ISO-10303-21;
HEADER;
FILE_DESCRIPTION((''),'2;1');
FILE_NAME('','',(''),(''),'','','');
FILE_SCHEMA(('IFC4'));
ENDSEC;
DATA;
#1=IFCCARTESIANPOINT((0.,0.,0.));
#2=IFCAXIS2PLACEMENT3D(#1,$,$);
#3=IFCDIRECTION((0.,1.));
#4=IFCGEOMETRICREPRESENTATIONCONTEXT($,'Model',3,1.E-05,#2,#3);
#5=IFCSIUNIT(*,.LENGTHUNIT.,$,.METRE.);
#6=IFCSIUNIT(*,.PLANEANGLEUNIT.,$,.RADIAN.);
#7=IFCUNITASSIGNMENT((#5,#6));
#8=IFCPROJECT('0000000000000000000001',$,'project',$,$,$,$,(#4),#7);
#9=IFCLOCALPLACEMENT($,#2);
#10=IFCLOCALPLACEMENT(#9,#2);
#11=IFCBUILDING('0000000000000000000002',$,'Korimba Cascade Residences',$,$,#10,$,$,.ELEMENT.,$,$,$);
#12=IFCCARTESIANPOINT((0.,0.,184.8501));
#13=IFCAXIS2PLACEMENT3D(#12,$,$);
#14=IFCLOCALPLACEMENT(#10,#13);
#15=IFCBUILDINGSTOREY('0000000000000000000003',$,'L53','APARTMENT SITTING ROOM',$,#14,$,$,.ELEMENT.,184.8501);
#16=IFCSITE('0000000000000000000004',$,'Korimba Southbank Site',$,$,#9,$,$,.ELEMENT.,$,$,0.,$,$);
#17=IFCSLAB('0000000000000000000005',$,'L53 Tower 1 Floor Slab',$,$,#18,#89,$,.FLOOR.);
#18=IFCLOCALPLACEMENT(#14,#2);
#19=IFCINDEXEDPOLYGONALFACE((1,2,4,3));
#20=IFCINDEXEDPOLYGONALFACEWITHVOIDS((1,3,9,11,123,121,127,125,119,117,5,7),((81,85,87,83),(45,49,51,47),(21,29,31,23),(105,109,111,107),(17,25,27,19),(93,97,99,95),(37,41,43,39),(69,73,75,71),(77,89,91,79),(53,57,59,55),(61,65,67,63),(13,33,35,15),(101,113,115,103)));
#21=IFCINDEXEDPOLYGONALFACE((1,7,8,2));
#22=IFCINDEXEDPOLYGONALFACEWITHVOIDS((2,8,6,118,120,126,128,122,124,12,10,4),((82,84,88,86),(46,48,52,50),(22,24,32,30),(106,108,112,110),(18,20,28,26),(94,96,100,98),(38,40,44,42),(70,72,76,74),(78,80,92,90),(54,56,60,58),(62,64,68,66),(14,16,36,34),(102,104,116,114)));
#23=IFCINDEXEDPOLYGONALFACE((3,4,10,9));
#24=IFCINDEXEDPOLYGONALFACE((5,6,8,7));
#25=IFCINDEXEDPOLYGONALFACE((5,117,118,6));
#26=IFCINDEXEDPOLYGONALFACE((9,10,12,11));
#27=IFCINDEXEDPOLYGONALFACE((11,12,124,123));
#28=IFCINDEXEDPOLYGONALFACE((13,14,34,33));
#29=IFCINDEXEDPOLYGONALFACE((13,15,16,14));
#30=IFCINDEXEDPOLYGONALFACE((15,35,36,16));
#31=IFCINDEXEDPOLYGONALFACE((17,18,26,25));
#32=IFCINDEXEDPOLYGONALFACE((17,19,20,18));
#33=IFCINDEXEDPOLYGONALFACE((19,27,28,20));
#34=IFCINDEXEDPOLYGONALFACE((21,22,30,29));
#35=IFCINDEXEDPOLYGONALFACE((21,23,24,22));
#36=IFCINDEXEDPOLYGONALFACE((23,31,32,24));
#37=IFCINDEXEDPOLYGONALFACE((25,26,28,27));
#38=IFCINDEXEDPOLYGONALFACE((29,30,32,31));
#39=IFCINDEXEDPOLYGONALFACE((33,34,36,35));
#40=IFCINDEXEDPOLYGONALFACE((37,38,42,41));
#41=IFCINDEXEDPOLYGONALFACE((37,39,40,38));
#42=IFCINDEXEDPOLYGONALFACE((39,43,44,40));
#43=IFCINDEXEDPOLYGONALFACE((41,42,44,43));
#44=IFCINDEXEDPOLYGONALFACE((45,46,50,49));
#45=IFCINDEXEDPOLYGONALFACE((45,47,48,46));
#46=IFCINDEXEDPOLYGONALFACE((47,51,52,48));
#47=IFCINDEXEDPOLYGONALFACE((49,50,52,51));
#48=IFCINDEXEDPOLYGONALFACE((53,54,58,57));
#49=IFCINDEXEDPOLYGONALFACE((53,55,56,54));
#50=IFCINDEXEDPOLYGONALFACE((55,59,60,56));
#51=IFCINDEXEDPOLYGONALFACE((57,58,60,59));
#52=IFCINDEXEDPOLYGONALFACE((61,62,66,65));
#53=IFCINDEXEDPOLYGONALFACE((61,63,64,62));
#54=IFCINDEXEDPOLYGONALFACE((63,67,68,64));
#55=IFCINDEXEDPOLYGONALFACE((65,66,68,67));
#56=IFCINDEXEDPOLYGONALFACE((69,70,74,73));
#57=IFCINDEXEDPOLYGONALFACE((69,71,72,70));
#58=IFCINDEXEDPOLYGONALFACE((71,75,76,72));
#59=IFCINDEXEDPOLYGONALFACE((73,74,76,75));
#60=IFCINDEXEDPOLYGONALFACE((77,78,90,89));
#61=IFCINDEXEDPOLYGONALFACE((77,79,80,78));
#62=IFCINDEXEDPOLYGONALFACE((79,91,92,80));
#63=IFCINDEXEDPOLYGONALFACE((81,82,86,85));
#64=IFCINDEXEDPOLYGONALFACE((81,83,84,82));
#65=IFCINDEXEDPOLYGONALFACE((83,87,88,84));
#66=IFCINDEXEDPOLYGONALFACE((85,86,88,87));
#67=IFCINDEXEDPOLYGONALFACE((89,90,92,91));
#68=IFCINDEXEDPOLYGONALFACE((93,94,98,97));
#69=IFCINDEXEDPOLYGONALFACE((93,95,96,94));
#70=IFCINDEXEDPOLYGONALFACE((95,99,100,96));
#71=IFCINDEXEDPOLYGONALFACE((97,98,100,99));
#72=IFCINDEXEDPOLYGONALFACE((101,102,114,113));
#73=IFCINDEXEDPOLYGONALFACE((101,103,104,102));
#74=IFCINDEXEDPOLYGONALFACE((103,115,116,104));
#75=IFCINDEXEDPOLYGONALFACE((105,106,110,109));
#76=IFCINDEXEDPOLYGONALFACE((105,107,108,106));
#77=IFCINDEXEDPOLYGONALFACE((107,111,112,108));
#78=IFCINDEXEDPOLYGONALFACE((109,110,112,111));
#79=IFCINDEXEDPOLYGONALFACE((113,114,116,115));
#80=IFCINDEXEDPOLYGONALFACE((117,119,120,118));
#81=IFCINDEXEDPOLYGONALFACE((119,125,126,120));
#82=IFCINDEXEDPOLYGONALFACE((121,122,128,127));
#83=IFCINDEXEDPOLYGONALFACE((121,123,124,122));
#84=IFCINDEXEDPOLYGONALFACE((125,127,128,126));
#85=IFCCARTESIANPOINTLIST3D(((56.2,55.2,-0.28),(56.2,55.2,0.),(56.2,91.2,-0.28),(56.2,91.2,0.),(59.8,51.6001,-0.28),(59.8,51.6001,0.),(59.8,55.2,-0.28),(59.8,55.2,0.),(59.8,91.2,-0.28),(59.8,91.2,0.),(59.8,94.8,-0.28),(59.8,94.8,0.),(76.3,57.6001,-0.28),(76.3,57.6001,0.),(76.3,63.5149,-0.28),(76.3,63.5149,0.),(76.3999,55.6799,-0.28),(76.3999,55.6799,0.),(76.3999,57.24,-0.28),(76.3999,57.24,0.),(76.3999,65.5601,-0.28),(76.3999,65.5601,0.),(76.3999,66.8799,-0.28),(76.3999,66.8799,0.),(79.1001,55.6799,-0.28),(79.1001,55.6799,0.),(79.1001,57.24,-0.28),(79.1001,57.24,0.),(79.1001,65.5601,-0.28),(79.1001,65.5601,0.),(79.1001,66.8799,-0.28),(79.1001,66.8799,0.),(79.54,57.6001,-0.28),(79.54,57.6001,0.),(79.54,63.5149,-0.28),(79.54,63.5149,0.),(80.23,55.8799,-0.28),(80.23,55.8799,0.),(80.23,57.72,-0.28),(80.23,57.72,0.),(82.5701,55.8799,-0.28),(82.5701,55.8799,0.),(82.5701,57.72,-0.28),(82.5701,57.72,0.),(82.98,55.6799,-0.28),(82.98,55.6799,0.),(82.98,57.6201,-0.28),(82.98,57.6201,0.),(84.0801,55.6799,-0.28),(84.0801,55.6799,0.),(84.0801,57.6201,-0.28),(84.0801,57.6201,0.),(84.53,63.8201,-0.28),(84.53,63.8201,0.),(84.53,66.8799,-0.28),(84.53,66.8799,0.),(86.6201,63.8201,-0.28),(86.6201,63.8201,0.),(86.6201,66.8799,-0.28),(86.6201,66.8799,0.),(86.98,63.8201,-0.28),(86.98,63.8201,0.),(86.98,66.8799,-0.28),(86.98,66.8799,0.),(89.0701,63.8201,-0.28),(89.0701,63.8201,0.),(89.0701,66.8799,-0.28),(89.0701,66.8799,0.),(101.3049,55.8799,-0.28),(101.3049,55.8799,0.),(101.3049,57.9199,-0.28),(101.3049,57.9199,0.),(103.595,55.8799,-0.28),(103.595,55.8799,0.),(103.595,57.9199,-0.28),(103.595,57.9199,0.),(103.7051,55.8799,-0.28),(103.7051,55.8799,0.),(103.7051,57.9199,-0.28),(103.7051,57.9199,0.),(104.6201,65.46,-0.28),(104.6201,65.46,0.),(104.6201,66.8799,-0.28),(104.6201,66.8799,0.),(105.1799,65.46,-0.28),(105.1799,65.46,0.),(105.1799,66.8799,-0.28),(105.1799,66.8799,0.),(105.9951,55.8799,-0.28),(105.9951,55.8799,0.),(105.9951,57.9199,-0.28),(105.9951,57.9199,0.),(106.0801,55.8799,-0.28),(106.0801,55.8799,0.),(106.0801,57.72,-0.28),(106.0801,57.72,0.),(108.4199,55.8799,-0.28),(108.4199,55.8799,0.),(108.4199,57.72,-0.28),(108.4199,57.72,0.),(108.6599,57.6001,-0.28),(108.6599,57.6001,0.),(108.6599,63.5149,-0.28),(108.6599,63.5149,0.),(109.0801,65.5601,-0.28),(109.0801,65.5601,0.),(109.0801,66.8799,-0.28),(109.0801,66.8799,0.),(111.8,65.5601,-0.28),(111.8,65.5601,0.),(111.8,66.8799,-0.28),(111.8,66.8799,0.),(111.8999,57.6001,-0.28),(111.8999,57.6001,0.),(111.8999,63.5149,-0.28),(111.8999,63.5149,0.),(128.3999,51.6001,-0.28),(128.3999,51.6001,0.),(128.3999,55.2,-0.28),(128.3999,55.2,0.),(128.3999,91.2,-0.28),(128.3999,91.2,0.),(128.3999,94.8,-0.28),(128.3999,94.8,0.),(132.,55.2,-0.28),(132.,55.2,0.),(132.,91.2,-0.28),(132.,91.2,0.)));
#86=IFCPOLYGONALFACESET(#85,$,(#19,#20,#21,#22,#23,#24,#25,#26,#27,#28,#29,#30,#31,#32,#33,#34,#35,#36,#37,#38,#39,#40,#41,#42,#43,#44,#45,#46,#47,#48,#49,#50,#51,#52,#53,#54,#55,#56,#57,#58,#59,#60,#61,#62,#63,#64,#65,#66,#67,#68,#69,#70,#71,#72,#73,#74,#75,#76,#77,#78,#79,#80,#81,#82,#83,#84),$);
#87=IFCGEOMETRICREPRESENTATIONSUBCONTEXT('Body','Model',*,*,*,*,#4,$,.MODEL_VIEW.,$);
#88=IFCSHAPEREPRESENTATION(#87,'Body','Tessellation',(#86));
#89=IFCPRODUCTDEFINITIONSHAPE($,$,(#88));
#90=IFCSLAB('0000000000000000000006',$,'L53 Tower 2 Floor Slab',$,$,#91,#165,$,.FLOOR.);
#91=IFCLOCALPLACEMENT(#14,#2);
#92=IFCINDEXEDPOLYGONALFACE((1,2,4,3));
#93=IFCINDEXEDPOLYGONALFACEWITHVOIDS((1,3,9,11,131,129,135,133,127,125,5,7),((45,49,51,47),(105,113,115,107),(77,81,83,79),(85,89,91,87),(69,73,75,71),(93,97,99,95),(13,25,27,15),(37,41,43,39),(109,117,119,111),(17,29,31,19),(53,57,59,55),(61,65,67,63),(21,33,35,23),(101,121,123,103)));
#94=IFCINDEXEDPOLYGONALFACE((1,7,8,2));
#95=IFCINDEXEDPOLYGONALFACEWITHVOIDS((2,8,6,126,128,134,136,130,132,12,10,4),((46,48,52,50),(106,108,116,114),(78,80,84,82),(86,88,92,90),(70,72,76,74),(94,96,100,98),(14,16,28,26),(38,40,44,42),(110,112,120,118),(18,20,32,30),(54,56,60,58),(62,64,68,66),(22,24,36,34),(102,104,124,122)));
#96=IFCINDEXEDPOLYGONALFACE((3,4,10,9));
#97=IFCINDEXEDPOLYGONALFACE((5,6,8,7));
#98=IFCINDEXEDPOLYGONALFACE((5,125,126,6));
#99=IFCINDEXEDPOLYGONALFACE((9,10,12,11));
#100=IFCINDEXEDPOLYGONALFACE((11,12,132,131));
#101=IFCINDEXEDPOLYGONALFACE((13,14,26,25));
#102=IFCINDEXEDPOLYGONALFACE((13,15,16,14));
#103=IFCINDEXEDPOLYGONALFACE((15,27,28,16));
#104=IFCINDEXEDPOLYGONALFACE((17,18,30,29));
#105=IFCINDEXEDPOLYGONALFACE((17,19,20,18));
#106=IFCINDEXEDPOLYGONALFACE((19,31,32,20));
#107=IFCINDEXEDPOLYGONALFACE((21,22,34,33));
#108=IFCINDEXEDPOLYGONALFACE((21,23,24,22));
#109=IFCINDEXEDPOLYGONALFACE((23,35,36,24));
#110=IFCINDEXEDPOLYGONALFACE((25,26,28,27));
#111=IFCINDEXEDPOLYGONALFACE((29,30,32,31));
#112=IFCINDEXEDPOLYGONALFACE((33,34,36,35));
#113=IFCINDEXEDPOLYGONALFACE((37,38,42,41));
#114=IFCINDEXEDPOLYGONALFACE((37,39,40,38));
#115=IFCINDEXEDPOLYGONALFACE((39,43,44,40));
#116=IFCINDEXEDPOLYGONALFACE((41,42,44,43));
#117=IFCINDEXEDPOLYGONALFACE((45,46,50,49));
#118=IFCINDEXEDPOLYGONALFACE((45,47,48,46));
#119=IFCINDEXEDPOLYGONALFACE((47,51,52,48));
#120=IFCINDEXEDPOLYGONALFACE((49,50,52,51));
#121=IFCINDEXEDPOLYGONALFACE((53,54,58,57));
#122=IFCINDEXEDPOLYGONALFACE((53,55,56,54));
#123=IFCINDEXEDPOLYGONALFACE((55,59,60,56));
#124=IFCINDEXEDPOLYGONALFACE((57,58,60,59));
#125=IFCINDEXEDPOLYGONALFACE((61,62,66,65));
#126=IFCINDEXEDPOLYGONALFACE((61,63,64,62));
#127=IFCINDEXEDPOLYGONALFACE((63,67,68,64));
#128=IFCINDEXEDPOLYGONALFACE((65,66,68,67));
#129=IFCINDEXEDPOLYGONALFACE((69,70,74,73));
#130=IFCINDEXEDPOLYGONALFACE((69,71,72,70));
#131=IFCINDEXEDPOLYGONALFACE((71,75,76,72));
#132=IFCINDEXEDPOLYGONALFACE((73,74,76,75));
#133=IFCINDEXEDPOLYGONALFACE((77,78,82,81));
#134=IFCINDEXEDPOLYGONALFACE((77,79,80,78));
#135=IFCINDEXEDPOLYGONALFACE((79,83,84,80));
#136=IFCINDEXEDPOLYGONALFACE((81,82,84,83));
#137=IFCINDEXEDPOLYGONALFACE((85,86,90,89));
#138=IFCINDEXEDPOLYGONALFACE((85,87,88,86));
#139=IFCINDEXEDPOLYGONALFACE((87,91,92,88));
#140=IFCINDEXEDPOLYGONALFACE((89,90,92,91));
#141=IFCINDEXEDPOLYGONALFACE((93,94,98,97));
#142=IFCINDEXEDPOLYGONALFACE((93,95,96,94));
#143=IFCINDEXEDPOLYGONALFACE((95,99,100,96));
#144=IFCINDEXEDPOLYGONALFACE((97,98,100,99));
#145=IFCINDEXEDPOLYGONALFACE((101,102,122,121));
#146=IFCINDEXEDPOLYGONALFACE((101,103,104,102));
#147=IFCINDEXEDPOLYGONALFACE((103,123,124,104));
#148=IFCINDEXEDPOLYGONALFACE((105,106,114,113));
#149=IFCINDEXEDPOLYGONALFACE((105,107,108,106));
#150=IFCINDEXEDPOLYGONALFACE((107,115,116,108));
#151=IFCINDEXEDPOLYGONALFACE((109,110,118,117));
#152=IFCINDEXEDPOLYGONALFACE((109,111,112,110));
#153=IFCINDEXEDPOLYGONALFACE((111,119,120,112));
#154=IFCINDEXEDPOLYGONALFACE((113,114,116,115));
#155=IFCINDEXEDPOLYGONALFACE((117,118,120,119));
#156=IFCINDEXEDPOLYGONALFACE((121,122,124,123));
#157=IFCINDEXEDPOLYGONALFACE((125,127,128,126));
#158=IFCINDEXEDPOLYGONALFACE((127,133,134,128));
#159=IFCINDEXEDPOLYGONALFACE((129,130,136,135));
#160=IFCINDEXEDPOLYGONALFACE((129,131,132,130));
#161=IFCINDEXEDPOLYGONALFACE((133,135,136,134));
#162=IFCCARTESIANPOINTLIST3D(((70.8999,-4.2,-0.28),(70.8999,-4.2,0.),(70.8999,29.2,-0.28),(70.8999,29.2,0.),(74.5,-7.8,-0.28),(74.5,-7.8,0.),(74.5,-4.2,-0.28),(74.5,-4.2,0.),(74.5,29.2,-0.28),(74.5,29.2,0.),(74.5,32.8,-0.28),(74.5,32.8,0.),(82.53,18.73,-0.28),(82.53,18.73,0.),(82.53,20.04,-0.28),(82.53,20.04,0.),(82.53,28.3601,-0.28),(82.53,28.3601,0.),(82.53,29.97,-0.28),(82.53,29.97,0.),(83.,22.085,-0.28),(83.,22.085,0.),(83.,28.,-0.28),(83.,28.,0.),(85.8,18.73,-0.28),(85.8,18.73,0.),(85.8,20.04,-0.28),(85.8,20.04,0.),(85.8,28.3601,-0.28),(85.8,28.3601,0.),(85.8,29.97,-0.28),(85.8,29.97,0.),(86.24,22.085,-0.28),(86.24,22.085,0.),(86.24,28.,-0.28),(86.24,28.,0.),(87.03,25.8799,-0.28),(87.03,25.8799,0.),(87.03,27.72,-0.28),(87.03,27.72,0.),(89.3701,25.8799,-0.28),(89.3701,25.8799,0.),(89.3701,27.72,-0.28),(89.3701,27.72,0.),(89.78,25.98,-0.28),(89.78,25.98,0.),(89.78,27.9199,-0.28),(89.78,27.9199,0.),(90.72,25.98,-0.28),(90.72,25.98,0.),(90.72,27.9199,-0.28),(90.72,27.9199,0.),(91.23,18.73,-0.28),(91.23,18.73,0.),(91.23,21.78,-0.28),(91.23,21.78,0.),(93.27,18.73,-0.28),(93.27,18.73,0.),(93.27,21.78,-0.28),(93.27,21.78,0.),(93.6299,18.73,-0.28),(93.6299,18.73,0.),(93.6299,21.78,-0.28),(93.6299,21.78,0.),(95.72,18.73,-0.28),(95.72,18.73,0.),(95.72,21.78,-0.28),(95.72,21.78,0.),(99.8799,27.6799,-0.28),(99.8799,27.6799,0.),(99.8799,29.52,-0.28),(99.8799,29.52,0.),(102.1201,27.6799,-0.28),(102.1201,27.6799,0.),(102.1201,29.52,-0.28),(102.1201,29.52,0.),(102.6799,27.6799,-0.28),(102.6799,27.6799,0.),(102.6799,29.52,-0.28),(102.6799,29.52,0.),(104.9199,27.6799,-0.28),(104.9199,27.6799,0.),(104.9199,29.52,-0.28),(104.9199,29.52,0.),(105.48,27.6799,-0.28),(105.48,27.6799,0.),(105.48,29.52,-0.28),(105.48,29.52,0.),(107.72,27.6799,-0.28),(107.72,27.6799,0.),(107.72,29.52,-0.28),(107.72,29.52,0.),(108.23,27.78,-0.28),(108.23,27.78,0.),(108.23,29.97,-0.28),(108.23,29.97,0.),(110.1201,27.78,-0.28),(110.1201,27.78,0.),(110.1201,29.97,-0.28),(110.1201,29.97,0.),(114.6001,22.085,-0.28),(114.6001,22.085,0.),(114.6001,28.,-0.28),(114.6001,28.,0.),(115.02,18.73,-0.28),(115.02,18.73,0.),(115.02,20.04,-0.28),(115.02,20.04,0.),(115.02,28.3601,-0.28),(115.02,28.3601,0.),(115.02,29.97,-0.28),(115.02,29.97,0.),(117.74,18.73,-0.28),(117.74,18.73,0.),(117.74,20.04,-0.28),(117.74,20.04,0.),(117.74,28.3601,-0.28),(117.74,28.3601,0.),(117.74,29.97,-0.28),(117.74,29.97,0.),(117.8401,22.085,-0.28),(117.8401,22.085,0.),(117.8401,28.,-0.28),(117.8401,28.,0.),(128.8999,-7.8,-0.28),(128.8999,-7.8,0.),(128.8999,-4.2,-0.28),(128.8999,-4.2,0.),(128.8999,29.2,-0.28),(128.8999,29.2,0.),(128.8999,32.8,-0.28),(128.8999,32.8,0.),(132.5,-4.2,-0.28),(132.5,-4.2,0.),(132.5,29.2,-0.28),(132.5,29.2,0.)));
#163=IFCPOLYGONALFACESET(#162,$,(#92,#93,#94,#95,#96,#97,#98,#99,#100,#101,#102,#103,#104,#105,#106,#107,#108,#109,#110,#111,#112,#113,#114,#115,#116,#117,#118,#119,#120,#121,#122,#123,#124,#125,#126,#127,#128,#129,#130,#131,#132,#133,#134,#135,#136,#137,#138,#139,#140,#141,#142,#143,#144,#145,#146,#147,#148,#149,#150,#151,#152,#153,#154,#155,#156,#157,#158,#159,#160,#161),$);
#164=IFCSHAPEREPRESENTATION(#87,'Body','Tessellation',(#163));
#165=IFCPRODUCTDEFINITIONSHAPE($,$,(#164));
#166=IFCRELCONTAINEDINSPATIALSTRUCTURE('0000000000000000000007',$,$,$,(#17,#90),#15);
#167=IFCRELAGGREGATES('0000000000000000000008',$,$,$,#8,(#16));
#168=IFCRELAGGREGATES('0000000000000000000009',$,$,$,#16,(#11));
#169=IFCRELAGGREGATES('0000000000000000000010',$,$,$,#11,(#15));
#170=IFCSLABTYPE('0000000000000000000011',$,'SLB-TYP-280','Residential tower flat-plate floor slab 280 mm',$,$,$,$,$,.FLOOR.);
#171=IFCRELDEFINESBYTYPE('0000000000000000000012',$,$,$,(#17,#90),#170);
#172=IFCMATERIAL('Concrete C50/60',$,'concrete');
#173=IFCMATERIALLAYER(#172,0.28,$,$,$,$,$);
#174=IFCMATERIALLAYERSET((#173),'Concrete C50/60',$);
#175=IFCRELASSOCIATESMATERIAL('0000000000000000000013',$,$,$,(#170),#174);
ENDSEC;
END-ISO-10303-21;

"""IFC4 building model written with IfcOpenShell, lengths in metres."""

from ifc_helpers import new_model, si_unit, direction, frame, origin, place, context, subcontext, project, spatial, polyline, outline, extrude, material, layer, layer_set, type_object, element, save


model = new_model("IFC4")

# Units and contexts
model_context = context("Model", 3, precision=1e-05, world=origin(), true_north=direction((0.0, 1.0)))
body_context = subcontext(model_context, "Body", "Model", "MODEL_VIEW")
ifc_project = project(units=[si_unit("LENGTHUNIT", "METRE"), si_unit("PLANEANGLEUNIT", "RADIAN")], contexts=[model_context])

# Site, building, storey
site_placement = place(None, origin())
site = spatial("IfcSite", under=ifc_project, at=site_placement, Name="Korimba Southbank Site", CompositionType="ELEMENT", RefElevation=0.0)
building_placement = place(site_placement, origin())
building = spatial("IfcBuilding", under=site, at=building_placement, Name="Korimba Cascade Residences", CompositionType="ELEMENT")
storey_placement = place(building_placement, frame((0.0, 0.0, 184.8501)))
storey = spatial("IfcBuildingStorey", under=building, at=storey_placement, Name="L53", Description="APARTMENT SITTING ROOM", CompositionType="ELEMENT", Elevation=184.8501)

# Shared definitions
ifc_material_1 = material(Name="Concrete C50/60", Category="concrete")

# Slabs
ifc_layer_1 = layer(ifc_material_1, 0.28)
ifc_layer_set_1 = layer_set([ifc_layer_1], Name="Concrete C50/60")
slab_type_1 = type_object("IfcSlabType", Name="SLB-TYP-280", Description="Residential tower flat-plate floor slab 280 mm", PredefinedType="FLOOR", material=ifc_layer_set_1)
slab_1_placement = place(storey_placement, frame((0.0, 0.0, -0.28)))
element("IfcSlab", 1, at=slab_1_placement, inside=storey, type_object=slab_type_1, Name="L53 Tower 1 Floor Slab", PredefinedType="FLOOR", context=body_context, shape_type="SweptSolid", body=[
    extrude(outline(polyline([(59.8, 51.6001), (128.3999, 51.6001), (128.3999, 55.2), (132.0, 55.2), (132.0, 91.2), (128.3999, 91.2), (128.3999, 94.8), (59.8, 94.8), (59.8, 91.2), (56.2, 91.2), (56.2, 55.2), (59.8, 55.2), (59.8, 51.6001)]), holes=[polyline([(76.3, 63.5149), (76.3, 57.6001), (79.54, 57.6001), (79.54, 63.5149), (76.3, 63.5149)]), polyline([(108.6599, 63.5149), (108.6599, 57.6001), (111.8999, 57.6001), (111.8999, 63.5149), (108.6599, 63.5149)]), polyline([(80.23, 55.8799), (82.5701, 55.8799), (82.5701, 57.72), (80.23, 57.72), (80.23, 55.8799)]), polyline([(106.0801, 55.8799), (108.4199, 55.8799), (108.4199, 57.72), (106.0801, 57.72), (106.0801, 55.8799)]), polyline([(101.3049, 55.8799), (103.595, 55.8799), (103.595, 57.9199), (101.3049, 57.9199), (101.3049, 55.8799)]), polyline([(103.7051, 55.8799), (105.9951, 55.8799), (105.9951, 57.9199), (103.7051, 57.9199), (103.7051, 55.8799)]), polyline([(82.98, 55.6799), (84.0801, 55.6799), (84.0801, 57.6201), (82.98, 57.6201), (82.98, 55.6799)]), polyline([(76.3999, 65.5601), (79.1001, 65.5601), (79.1001, 66.8799), (76.3999, 66.8799), (76.3999, 65.5601)]), polyline([(76.3999, 55.6799), (79.1001, 55.6799), (79.1001, 57.24), (76.3999, 57.24), (76.3999, 55.6799)]), polyline([(84.53, 63.8201), (86.6201, 63.8201), (86.6201, 66.8799), (84.53, 66.8799), (84.53, 63.8201)]), polyline([(86.98, 63.8201), (89.0701, 63.8201), (89.0701, 66.8799), (86.98, 66.8799), (86.98, 63.8201)]), polyline([(104.6201, 65.46), (105.1799, 65.46), (105.1799, 66.8799), (104.6201, 66.8799), (104.6201, 65.46)]), polyline([(109.0801, 65.5601), (111.8, 65.5601), (111.8, 66.8799), (109.0801, 66.8799), (109.0801, 65.5601)])]), origin(), (0.0, 0.0, 1.0), 0.28),
])
slab_2_placement = place(storey_placement, frame((0.0, 0.0, -0.28)))
element("IfcSlab", 2, at=slab_2_placement, inside=storey, type_object=slab_type_1, Name="L53 Tower 2 Floor Slab", PredefinedType="FLOOR", context=body_context, shape_type="SweptSolid", body=[
    extrude(outline(polyline([(74.5, -7.8), (128.8999, -7.8), (128.8999, -4.2), (132.5, -4.2), (132.5, 29.2), (128.8999, 29.2), (128.8999, 32.8), (74.5, 32.8), (74.5, 29.2), (70.8999, 29.2), (70.8999, -4.2), (74.5, -4.2), (74.5, -7.8)]), holes=[polyline([(86.24, 22.085), (86.24, 28.0), (83.0, 28.0), (83.0, 22.085), (86.24, 22.085)]), polyline([(117.8401, 22.085), (117.8401, 28.0), (114.6001, 28.0), (114.6001, 22.085), (117.8401, 22.085)]), polyline([(87.03, 25.8799), (89.3701, 25.8799), (89.3701, 27.72), (87.03, 27.72), (87.03, 25.8799)]), polyline([(99.8799, 27.6799), (102.1201, 27.6799), (102.1201, 29.52), (99.8799, 29.52), (99.8799, 27.6799)]), polyline([(102.6799, 27.6799), (104.9199, 27.6799), (104.9199, 29.52), (102.6799, 29.52), (102.6799, 27.6799)]), polyline([(105.48, 27.6799), (107.72, 27.6799), (107.72, 29.52), (105.48, 29.52), (105.48, 27.6799)]), polyline([(89.78, 25.98), (90.72, 25.98), (90.72, 27.9199), (89.78, 27.9199), (89.78, 25.98)]), polyline([(82.53, 18.73), (85.8, 18.73), (85.8, 20.04), (82.53, 20.04), (82.53, 18.73)]), polyline([(82.53, 28.3601), (85.8, 28.3601), (85.8, 29.97), (82.53, 29.97), (82.53, 28.3601)]), polyline([(108.23, 27.78), (110.1201, 27.78), (110.1201, 29.97), (108.23, 29.97), (108.23, 27.78)]), polyline([(91.23, 18.73), (93.27, 18.73), (93.27, 21.78), (91.23, 21.78), (91.23, 18.73)]), polyline([(93.6299, 18.73), (95.72, 18.73), (95.72, 21.78), (93.6299, 21.78), (93.6299, 18.73)]), polyline([(115.02, 18.73), (117.74, 18.73), (117.74, 20.04), (115.02, 20.04), (115.02, 18.73)]), polyline([(115.02, 28.3601), (117.74, 28.3601), (117.74, 29.97), (115.02, 29.97), (115.02, 28.3601)])]), origin(), (0.0, 0.0, 1.0), 0.28),
])

save(model, "model.ifc")
